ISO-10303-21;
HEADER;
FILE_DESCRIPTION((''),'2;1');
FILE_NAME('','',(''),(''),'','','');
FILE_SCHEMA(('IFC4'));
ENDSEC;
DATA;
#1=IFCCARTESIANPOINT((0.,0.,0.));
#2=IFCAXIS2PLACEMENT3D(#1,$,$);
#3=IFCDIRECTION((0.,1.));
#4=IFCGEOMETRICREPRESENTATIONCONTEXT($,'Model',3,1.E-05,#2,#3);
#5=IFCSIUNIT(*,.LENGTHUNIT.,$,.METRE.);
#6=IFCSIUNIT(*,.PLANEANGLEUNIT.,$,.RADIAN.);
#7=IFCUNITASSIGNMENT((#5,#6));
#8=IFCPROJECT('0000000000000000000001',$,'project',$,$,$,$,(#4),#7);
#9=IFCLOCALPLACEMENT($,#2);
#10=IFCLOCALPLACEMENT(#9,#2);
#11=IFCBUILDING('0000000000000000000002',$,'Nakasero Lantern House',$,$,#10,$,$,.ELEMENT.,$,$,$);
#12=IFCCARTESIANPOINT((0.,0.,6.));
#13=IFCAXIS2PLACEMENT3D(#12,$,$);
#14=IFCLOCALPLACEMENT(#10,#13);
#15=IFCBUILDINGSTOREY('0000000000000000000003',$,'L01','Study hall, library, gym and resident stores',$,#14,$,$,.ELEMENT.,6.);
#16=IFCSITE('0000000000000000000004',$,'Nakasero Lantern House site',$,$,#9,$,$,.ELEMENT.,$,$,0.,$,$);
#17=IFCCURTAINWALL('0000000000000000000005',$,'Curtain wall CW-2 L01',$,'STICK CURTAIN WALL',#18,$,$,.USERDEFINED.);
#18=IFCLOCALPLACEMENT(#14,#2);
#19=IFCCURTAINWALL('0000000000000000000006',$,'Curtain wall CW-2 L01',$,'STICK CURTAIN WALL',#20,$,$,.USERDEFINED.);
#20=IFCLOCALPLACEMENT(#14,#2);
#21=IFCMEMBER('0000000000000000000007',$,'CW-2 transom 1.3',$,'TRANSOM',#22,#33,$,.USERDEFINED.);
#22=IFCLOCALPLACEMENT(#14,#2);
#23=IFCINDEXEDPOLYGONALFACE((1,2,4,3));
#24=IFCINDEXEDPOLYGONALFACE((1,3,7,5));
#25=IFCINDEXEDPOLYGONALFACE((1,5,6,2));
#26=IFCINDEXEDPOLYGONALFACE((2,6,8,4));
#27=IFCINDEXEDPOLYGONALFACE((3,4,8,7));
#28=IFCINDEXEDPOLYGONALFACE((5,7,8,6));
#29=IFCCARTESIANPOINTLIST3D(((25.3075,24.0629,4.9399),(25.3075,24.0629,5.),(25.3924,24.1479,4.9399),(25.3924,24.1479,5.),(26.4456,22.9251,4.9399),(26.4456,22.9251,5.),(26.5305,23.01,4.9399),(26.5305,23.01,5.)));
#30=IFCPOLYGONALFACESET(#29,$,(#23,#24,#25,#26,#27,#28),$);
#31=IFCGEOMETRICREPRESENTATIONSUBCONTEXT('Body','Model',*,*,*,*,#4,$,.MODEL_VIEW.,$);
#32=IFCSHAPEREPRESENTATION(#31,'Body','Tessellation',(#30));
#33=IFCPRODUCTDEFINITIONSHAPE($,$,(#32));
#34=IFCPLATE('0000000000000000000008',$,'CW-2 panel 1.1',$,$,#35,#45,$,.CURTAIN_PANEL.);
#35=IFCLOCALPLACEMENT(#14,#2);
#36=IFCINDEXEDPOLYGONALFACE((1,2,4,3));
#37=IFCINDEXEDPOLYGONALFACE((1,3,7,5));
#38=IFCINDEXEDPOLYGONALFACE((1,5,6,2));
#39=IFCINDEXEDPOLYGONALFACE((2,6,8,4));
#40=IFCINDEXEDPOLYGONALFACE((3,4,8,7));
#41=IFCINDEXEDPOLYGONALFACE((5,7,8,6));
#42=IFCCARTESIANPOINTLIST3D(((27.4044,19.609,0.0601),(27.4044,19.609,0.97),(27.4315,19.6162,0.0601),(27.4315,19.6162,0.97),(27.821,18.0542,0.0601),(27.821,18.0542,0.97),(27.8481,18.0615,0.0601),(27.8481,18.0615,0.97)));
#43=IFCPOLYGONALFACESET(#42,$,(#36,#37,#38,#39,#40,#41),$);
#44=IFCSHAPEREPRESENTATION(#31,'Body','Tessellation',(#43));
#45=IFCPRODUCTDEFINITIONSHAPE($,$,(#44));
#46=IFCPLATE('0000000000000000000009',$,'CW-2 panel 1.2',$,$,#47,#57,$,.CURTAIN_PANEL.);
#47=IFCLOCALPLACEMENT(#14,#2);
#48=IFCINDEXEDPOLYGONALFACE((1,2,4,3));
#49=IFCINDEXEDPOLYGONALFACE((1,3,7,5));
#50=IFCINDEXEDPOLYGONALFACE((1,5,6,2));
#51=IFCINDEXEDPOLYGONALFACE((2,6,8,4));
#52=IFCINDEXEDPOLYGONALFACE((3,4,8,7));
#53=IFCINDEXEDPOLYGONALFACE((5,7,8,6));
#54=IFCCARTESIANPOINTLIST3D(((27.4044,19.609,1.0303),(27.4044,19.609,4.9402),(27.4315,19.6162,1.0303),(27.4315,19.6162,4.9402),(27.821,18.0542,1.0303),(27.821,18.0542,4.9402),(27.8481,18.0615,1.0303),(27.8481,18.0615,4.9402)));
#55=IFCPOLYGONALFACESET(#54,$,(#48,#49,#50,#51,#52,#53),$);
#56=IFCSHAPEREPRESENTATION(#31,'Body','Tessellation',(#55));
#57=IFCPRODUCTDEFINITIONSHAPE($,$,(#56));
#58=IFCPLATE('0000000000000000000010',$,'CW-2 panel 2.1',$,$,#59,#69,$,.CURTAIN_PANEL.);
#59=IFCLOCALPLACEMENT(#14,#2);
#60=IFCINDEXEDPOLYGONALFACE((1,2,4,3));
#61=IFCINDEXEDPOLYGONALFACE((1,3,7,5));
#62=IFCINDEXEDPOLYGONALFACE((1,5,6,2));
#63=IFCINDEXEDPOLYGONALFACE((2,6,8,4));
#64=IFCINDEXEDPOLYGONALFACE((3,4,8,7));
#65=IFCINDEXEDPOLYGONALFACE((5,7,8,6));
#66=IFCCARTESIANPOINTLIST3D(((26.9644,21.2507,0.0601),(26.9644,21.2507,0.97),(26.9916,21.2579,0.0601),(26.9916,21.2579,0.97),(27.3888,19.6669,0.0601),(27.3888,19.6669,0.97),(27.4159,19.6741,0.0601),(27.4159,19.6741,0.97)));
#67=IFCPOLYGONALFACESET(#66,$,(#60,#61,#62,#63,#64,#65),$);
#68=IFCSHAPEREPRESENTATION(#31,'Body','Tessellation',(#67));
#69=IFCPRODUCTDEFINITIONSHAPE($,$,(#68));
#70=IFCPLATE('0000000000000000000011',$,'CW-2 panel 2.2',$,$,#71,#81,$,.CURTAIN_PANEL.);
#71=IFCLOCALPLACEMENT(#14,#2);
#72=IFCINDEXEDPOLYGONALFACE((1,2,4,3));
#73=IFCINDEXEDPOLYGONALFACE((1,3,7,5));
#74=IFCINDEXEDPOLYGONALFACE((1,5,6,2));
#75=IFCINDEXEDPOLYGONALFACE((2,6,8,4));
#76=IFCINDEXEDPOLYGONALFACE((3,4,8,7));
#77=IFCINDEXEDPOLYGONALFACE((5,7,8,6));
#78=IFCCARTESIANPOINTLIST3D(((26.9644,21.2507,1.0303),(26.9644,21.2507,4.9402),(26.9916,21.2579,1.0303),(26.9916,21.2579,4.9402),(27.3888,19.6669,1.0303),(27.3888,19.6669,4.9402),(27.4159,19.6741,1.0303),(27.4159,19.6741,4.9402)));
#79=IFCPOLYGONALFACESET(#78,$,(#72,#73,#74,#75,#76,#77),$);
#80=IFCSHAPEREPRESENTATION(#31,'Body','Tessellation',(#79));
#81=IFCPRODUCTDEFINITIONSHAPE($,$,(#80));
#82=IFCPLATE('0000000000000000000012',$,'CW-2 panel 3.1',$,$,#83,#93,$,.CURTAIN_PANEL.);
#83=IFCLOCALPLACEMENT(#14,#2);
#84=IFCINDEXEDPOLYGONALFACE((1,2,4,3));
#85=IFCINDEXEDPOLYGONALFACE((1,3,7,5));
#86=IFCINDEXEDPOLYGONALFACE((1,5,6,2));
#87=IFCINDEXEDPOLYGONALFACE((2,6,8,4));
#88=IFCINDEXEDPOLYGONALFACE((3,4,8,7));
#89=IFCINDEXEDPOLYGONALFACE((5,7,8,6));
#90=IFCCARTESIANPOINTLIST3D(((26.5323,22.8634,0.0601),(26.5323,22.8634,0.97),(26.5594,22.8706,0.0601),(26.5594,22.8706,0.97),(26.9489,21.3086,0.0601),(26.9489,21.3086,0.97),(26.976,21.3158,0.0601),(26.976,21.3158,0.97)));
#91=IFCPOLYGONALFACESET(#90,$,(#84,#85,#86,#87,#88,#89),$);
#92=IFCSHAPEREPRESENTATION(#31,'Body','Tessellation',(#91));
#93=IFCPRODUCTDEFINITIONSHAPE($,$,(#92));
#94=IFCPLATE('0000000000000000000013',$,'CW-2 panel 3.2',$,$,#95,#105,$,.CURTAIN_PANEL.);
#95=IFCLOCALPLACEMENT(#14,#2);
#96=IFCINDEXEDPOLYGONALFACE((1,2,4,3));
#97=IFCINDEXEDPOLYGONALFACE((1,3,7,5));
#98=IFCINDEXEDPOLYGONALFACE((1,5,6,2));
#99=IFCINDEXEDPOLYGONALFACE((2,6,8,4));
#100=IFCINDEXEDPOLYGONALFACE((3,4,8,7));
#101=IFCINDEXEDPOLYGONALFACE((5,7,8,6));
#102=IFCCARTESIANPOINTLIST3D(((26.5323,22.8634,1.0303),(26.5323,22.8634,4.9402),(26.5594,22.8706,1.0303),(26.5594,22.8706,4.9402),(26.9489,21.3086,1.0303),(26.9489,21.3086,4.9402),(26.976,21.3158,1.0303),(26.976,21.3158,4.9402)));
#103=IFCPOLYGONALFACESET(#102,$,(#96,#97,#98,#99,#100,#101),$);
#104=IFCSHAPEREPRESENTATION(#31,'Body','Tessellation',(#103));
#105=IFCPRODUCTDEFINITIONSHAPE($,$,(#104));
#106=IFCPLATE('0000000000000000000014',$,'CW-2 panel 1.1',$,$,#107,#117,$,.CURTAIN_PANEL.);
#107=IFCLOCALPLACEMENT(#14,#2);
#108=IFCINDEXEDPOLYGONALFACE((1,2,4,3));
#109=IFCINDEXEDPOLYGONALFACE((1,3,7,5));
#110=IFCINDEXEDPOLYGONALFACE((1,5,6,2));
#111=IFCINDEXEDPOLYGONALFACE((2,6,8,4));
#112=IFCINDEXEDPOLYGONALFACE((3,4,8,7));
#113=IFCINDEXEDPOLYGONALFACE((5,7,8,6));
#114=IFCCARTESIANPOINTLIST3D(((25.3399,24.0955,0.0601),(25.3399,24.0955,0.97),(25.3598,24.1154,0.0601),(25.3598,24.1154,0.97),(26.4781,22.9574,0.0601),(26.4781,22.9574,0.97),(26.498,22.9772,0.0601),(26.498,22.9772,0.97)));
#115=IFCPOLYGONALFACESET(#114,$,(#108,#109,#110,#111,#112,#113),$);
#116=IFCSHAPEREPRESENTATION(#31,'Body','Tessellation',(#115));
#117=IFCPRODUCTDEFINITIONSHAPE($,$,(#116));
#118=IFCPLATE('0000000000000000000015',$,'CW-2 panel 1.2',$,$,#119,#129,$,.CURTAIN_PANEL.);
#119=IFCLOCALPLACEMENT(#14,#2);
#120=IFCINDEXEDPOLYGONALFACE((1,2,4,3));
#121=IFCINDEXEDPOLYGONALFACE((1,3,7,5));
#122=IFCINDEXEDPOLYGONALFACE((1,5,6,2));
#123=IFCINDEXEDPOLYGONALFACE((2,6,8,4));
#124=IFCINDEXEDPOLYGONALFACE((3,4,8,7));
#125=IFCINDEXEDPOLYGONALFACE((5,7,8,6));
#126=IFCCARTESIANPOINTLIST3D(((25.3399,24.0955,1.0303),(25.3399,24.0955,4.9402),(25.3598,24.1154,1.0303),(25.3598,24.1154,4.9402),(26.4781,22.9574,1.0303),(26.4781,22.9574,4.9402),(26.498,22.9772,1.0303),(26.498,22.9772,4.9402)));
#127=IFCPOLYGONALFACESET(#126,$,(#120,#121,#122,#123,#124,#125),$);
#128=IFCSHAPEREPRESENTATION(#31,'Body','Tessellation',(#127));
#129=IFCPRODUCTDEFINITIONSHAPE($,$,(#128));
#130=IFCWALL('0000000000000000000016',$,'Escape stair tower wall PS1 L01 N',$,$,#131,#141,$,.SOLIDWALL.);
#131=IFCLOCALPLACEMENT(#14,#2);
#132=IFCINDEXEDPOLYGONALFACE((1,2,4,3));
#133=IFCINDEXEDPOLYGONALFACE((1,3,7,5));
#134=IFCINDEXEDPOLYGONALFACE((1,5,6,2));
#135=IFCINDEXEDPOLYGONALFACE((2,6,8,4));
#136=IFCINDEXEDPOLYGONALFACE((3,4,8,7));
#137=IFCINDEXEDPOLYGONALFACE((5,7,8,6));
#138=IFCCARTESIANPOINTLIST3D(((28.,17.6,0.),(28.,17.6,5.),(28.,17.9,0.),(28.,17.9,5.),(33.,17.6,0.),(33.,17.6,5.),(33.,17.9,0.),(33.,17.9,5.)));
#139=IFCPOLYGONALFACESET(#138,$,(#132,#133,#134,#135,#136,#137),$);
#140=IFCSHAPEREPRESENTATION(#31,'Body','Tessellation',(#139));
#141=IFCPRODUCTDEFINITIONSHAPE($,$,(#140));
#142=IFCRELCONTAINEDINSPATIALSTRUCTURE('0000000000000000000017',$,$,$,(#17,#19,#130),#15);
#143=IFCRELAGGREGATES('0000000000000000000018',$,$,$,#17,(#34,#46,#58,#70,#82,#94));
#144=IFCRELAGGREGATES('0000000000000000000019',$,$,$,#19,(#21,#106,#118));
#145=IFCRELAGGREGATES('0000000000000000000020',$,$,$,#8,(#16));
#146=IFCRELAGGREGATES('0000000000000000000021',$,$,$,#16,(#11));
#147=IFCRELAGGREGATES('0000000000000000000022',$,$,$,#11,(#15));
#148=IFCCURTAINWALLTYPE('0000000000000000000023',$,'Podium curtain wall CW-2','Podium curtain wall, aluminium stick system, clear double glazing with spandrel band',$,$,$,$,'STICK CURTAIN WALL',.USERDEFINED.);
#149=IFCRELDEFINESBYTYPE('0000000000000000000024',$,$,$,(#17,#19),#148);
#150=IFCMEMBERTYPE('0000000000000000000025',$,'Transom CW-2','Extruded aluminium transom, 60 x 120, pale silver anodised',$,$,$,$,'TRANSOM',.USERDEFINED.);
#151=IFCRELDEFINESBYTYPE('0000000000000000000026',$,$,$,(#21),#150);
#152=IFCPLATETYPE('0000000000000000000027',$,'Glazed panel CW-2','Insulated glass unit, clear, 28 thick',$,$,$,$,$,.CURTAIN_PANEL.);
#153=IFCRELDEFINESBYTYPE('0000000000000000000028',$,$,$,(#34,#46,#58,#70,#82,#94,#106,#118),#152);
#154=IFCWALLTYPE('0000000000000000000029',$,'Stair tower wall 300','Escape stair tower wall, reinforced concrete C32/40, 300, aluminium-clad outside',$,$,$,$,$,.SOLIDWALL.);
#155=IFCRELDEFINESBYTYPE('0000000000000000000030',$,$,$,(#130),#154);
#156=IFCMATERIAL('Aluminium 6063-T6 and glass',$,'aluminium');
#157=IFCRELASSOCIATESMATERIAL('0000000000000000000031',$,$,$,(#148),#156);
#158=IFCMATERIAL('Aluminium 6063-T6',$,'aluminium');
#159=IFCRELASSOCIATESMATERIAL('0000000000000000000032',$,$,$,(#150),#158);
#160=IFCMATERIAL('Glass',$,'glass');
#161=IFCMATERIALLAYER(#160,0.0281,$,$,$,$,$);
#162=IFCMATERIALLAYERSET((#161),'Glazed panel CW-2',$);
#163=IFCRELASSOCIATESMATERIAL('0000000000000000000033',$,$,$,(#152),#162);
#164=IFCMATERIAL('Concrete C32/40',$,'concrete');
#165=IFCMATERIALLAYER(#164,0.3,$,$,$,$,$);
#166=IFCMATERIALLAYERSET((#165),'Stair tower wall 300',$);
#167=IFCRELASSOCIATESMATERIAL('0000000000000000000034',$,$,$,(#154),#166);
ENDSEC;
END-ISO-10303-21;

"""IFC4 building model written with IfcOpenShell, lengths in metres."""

from ifc_helpers import new_model, si_unit, direction, frame, frame_2d, origin, origin_2d, place, context, subcontext, project, spatial, rectangle, extrude, material, layer, layer_set, material_profile, profile_set, type_object, element, aggregate, save


model = new_model("IFC4")

# Units and contexts
model_context = context("Model", 3, precision=1e-05, world=origin(), true_north=direction((0.0, 1.0)))
body_context = subcontext(model_context, "Body", "Model", "MODEL_VIEW")
ifc_project = project(units=[si_unit("LENGTHUNIT", "METRE"), si_unit("PLANEANGLEUNIT", "RADIAN")], contexts=[model_context])

# Site, building, storey
site_placement = place(None, origin())
site = spatial("IfcSite", under=ifc_project, at=site_placement, Name="Nakasero Lantern House site", CompositionType="ELEMENT", RefElevation=0.0)
building_placement = place(site_placement, origin())
building = spatial("IfcBuilding", under=site, at=building_placement, Name="Nakasero Lantern House", CompositionType="ELEMENT")
storey_placement = place(building_placement, frame((0.0, 0.0, 6.0)))
storey = spatial("IfcBuildingStorey", under=building, at=storey_placement, Name="L01", Description="Study hall, library, gym and resident stores", CompositionType="ELEMENT", Elevation=6.0)

# Curtain wall
ifc_material_1 = material(Name="Aluminium 6063-T6 and glass", Category="aluminium")
curtain_wall_type = type_object("IfcCurtainWallType", Name="Podium curtain wall CW-2", Description="Podium curtain wall, aluminium stick system, clear double glazing with spandrel band", ElementType="STICK CURTAIN WALL", PredefinedType="USERDEFINED", material=ifc_material_1)
curtain_wall_1_placement = place(storey_placement, origin())
curtain_wall_1 = element("IfcCurtainWall", 1, at=curtain_wall_1_placement, inside=storey, type_object=curtain_wall_type, Name="Curtain wall CW-2 L01", ObjectType="STICK CURTAIN WALL", PredefinedType="USERDEFINED")

# Curtain wall
curtain_wall_2_placement = place(storey_placement, origin())
curtain_wall_2 = element("IfcCurtainWall", 2, at=curtain_wall_2_placement, inside=storey, type_object=curtain_wall_type, Name="Curtain wall CW-2 L01", ObjectType="STICK CURTAIN WALL", PredefinedType="USERDEFINED")

# Member
ifc_material_2 = material(Name="Aluminium 6063-T6", Category="aluminium")
ifc_material_profile_1 = material_profile(ifc_material_2, rectangle(XDim=0.0601, YDim=0.1201, at=origin_2d()), Name="CW-2 transom 60x120")
ifc_profile_set_1 = profile_set([ifc_material_profile_1], Name="Aluminium 6063-T6")
member_type_1 = type_object("IfcMemberType", Name="Transom CW-2", Description="Extruded aluminium transom, 60 x 120, pale silver anodised", ElementType="TRANSOM", PredefinedType="USERDEFINED", material=ifc_profile_set_1)
member_1_placement = place(storey_placement, frame((26.488, 22.9675, 4.97), z_axis=(-0.707183, 0.707031, 0.0), x_axis=(0.0, 0.0, 1.0)))
member_1 = element("IfcMember", 3, at=member_1_placement, type_object=member_type_1, Name="CW-2 transom 1.3", ObjectType="TRANSOM", PredefinedType="USERDEFINED", context=body_context, shape_type="SweptSolid", body=[
    extrude(rectangle(XDim=0.0601, YDim=0.1201, at=origin_2d()), origin(), (0.0, 0.0, 1.0), 1.6094),
])

# Plates
ifc_material_3 = material(Name="Glass", Category="glass")
ifc_layer_1 = layer(ifc_material_3, 0.0281)
ifc_layer_set_1 = layer_set([ifc_layer_1], Name="Glazed panel CW-2")
plate_type = type_object("IfcPlateType", Name="Glazed panel CW-2", Description="Insulated glass unit, clear, 28 thick", PredefinedType="CURTAIN_PANEL", material=ifc_layer_set_1)
plate_1_placement = place(storey_placement, frame((27.6262, 18.8352, 0.0601), z_axis=(0.0, 0.0, 1.0), x_axis=(-0.258819, 0.965926, 0.0)))
plate_1 = element("IfcPlate", 4, at=plate_1_placement, type_object=plate_type, Name="CW-2 panel 1.1", PredefinedType="CURTAIN_PANEL", context=body_context, shape_type="SweptSolid", body=[
    extrude(rectangle(XDim=1.6096, YDim=0.0281, at=origin_2d()), origin(), (0.0, 0.0, 1.0), 0.9099),
])
plate_2_placement = place(storey_placement, frame((27.6262, 18.8352, 1.0303), z_axis=(0.0, 0.0, 1.0), x_axis=(-0.258819, 0.965926, 0.0)))
plate_2 = element("IfcPlate", 5, at=plate_2_placement, type_object=plate_type, Name="CW-2 panel 1.2", PredefinedType="CURTAIN_PANEL", context=body_context, shape_type="SweptSolid", body=[
    extrude(rectangle(XDim=1.6096, YDim=0.0281, at=origin_2d()), origin(), (0.0, 0.0, 1.0), 3.9099),
])
plate_3_placement = place(storey_placement, frame((27.1902, 20.4624, 0.0601), z_axis=(0.0, 0.0, 1.0), x_axis=(-0.258819, 0.965926, 0.0)))
plate_3 = element("IfcPlate", 6, at=plate_3_placement, type_object=plate_type, Name="CW-2 panel 2.1", PredefinedType="CURTAIN_PANEL", context=body_context, shape_type="SweptSolid", body=[
    extrude(rectangle(XDim=1.6396, YDim=0.0281, at=origin_2d()), origin(), (0.0, 0.0, 1.0), 0.9099),
])
plate_4_placement = place(storey_placement, frame((27.1902, 20.4624, 1.0303), z_axis=(0.0, 0.0, 1.0), x_axis=(-0.258819, 0.965926, 0.0)))
plate_4 = element("IfcPlate", 7, at=plate_4_placement, type_object=plate_type, Name="CW-2 panel 2.2", PredefinedType="CURTAIN_PANEL", context=body_context, shape_type="SweptSolid", body=[
    extrude(rectangle(XDim=1.6396, YDim=0.0281, at=origin_2d()), origin(), (0.0, 0.0, 1.0), 3.9099),
])
plate_5_placement = place(storey_placement, frame((26.7542, 22.0896, 0.0601), z_axis=(0.0, 0.0, 1.0), x_axis=(-0.258819, 0.965926, 0.0)))
plate_5 = element("IfcPlate", 8, at=plate_5_placement, type_object=plate_type, Name="CW-2 panel 3.1", PredefinedType="CURTAIN_PANEL", context=body_context, shape_type="SweptSolid", body=[
    extrude(rectangle(XDim=1.6096, YDim=0.0281, at=origin_2d()), origin(), (0.0, 0.0, 1.0), 0.9099),
])
plate_6_placement = place(storey_placement, frame((26.7542, 22.0896, 1.0303), z_axis=(0.0, 0.0, 1.0), x_axis=(-0.258819, 0.965926, 0.0)))
plate_6 = element("IfcPlate", 9, at=plate_6_placement, type_object=plate_type, Name="CW-2 panel 3.2", PredefinedType="CURTAIN_PANEL", context=body_context, shape_type="SweptSolid", body=[
    extrude(rectangle(XDim=1.6096, YDim=0.0281, at=origin_2d()), origin(), (0.0, 0.0, 1.0), 3.9099),
])
aggregate(curtain_wall_1, [plate_1, plate_2, plate_3, plate_4, plate_5, plate_6])
plate_7_placement = place(storey_placement, frame((25.9189, 23.5364, 0.0601), z_axis=(0.0, 0.0, 1.0), x_axis=(-0.707107, 0.707107, 0.0)))
plate_7 = element("IfcPlate", 10, at=plate_7_placement, type_object=plate_type, Name="CW-2 panel 1.1", PredefinedType="CURTAIN_PANEL", context=body_context, shape_type="SweptSolid", body=[
    extrude(rectangle(XDim=1.6096, YDim=0.0281, at=origin_2d()), origin(), (0.0, 0.0, 1.0), 0.9099),
])
plate_8_placement = place(storey_placement, frame((25.9189, 23.5364, 1.0303), z_axis=(0.0, 0.0, 1.0), x_axis=(-0.707107, 0.707107, 0.0)))
plate_8 = element("IfcPlate", 11, at=plate_8_placement, type_object=plate_type, Name="CW-2 panel 1.2", PredefinedType="CURTAIN_PANEL", context=body_context, shape_type="SweptSolid", body=[
    extrude(rectangle(XDim=1.6096, YDim=0.0281, at=origin_2d()), origin(), (0.0, 0.0, 1.0), 3.9099),
])
aggregate(curtain_wall_2, [member_1, plate_7, plate_8])

# Wall
ifc_material_4 = material(Name="Concrete C32/40", Category="concrete")
ifc_layer_2 = layer(ifc_material_4, 0.3)
ifc_layer_set_2 = layer_set([ifc_layer_2], Name="Stair tower wall 300")
wall_type = type_object("IfcWallType", Name="Stair tower wall 300", Description="Escape stair tower wall, reinforced concrete C32/40, 300, aluminium-clad outside", PredefinedType="SOLIDWALL", material=ifc_layer_set_2)
wall_placement = place(storey_placement, frame((28.0, 17.75, 0.0), z_axis=(0.0, 0.0, 1.0), x_axis=(1.0, 0.0, 0.0)))
element("IfcWall", 12, at=wall_placement, inside=storey, type_object=wall_type, Name="Escape stair tower wall PS1 L01 N", PredefinedType="SOLIDWALL", context=body_context, shape_type="SweptSolid", body=[
    extrude(rectangle(XDim=5.0, YDim=0.3, at=frame_2d((2.5, 0.0))), origin(), (0.0, 0.0, 1.0), 5.0),
])

save(model, "model.ifc")
